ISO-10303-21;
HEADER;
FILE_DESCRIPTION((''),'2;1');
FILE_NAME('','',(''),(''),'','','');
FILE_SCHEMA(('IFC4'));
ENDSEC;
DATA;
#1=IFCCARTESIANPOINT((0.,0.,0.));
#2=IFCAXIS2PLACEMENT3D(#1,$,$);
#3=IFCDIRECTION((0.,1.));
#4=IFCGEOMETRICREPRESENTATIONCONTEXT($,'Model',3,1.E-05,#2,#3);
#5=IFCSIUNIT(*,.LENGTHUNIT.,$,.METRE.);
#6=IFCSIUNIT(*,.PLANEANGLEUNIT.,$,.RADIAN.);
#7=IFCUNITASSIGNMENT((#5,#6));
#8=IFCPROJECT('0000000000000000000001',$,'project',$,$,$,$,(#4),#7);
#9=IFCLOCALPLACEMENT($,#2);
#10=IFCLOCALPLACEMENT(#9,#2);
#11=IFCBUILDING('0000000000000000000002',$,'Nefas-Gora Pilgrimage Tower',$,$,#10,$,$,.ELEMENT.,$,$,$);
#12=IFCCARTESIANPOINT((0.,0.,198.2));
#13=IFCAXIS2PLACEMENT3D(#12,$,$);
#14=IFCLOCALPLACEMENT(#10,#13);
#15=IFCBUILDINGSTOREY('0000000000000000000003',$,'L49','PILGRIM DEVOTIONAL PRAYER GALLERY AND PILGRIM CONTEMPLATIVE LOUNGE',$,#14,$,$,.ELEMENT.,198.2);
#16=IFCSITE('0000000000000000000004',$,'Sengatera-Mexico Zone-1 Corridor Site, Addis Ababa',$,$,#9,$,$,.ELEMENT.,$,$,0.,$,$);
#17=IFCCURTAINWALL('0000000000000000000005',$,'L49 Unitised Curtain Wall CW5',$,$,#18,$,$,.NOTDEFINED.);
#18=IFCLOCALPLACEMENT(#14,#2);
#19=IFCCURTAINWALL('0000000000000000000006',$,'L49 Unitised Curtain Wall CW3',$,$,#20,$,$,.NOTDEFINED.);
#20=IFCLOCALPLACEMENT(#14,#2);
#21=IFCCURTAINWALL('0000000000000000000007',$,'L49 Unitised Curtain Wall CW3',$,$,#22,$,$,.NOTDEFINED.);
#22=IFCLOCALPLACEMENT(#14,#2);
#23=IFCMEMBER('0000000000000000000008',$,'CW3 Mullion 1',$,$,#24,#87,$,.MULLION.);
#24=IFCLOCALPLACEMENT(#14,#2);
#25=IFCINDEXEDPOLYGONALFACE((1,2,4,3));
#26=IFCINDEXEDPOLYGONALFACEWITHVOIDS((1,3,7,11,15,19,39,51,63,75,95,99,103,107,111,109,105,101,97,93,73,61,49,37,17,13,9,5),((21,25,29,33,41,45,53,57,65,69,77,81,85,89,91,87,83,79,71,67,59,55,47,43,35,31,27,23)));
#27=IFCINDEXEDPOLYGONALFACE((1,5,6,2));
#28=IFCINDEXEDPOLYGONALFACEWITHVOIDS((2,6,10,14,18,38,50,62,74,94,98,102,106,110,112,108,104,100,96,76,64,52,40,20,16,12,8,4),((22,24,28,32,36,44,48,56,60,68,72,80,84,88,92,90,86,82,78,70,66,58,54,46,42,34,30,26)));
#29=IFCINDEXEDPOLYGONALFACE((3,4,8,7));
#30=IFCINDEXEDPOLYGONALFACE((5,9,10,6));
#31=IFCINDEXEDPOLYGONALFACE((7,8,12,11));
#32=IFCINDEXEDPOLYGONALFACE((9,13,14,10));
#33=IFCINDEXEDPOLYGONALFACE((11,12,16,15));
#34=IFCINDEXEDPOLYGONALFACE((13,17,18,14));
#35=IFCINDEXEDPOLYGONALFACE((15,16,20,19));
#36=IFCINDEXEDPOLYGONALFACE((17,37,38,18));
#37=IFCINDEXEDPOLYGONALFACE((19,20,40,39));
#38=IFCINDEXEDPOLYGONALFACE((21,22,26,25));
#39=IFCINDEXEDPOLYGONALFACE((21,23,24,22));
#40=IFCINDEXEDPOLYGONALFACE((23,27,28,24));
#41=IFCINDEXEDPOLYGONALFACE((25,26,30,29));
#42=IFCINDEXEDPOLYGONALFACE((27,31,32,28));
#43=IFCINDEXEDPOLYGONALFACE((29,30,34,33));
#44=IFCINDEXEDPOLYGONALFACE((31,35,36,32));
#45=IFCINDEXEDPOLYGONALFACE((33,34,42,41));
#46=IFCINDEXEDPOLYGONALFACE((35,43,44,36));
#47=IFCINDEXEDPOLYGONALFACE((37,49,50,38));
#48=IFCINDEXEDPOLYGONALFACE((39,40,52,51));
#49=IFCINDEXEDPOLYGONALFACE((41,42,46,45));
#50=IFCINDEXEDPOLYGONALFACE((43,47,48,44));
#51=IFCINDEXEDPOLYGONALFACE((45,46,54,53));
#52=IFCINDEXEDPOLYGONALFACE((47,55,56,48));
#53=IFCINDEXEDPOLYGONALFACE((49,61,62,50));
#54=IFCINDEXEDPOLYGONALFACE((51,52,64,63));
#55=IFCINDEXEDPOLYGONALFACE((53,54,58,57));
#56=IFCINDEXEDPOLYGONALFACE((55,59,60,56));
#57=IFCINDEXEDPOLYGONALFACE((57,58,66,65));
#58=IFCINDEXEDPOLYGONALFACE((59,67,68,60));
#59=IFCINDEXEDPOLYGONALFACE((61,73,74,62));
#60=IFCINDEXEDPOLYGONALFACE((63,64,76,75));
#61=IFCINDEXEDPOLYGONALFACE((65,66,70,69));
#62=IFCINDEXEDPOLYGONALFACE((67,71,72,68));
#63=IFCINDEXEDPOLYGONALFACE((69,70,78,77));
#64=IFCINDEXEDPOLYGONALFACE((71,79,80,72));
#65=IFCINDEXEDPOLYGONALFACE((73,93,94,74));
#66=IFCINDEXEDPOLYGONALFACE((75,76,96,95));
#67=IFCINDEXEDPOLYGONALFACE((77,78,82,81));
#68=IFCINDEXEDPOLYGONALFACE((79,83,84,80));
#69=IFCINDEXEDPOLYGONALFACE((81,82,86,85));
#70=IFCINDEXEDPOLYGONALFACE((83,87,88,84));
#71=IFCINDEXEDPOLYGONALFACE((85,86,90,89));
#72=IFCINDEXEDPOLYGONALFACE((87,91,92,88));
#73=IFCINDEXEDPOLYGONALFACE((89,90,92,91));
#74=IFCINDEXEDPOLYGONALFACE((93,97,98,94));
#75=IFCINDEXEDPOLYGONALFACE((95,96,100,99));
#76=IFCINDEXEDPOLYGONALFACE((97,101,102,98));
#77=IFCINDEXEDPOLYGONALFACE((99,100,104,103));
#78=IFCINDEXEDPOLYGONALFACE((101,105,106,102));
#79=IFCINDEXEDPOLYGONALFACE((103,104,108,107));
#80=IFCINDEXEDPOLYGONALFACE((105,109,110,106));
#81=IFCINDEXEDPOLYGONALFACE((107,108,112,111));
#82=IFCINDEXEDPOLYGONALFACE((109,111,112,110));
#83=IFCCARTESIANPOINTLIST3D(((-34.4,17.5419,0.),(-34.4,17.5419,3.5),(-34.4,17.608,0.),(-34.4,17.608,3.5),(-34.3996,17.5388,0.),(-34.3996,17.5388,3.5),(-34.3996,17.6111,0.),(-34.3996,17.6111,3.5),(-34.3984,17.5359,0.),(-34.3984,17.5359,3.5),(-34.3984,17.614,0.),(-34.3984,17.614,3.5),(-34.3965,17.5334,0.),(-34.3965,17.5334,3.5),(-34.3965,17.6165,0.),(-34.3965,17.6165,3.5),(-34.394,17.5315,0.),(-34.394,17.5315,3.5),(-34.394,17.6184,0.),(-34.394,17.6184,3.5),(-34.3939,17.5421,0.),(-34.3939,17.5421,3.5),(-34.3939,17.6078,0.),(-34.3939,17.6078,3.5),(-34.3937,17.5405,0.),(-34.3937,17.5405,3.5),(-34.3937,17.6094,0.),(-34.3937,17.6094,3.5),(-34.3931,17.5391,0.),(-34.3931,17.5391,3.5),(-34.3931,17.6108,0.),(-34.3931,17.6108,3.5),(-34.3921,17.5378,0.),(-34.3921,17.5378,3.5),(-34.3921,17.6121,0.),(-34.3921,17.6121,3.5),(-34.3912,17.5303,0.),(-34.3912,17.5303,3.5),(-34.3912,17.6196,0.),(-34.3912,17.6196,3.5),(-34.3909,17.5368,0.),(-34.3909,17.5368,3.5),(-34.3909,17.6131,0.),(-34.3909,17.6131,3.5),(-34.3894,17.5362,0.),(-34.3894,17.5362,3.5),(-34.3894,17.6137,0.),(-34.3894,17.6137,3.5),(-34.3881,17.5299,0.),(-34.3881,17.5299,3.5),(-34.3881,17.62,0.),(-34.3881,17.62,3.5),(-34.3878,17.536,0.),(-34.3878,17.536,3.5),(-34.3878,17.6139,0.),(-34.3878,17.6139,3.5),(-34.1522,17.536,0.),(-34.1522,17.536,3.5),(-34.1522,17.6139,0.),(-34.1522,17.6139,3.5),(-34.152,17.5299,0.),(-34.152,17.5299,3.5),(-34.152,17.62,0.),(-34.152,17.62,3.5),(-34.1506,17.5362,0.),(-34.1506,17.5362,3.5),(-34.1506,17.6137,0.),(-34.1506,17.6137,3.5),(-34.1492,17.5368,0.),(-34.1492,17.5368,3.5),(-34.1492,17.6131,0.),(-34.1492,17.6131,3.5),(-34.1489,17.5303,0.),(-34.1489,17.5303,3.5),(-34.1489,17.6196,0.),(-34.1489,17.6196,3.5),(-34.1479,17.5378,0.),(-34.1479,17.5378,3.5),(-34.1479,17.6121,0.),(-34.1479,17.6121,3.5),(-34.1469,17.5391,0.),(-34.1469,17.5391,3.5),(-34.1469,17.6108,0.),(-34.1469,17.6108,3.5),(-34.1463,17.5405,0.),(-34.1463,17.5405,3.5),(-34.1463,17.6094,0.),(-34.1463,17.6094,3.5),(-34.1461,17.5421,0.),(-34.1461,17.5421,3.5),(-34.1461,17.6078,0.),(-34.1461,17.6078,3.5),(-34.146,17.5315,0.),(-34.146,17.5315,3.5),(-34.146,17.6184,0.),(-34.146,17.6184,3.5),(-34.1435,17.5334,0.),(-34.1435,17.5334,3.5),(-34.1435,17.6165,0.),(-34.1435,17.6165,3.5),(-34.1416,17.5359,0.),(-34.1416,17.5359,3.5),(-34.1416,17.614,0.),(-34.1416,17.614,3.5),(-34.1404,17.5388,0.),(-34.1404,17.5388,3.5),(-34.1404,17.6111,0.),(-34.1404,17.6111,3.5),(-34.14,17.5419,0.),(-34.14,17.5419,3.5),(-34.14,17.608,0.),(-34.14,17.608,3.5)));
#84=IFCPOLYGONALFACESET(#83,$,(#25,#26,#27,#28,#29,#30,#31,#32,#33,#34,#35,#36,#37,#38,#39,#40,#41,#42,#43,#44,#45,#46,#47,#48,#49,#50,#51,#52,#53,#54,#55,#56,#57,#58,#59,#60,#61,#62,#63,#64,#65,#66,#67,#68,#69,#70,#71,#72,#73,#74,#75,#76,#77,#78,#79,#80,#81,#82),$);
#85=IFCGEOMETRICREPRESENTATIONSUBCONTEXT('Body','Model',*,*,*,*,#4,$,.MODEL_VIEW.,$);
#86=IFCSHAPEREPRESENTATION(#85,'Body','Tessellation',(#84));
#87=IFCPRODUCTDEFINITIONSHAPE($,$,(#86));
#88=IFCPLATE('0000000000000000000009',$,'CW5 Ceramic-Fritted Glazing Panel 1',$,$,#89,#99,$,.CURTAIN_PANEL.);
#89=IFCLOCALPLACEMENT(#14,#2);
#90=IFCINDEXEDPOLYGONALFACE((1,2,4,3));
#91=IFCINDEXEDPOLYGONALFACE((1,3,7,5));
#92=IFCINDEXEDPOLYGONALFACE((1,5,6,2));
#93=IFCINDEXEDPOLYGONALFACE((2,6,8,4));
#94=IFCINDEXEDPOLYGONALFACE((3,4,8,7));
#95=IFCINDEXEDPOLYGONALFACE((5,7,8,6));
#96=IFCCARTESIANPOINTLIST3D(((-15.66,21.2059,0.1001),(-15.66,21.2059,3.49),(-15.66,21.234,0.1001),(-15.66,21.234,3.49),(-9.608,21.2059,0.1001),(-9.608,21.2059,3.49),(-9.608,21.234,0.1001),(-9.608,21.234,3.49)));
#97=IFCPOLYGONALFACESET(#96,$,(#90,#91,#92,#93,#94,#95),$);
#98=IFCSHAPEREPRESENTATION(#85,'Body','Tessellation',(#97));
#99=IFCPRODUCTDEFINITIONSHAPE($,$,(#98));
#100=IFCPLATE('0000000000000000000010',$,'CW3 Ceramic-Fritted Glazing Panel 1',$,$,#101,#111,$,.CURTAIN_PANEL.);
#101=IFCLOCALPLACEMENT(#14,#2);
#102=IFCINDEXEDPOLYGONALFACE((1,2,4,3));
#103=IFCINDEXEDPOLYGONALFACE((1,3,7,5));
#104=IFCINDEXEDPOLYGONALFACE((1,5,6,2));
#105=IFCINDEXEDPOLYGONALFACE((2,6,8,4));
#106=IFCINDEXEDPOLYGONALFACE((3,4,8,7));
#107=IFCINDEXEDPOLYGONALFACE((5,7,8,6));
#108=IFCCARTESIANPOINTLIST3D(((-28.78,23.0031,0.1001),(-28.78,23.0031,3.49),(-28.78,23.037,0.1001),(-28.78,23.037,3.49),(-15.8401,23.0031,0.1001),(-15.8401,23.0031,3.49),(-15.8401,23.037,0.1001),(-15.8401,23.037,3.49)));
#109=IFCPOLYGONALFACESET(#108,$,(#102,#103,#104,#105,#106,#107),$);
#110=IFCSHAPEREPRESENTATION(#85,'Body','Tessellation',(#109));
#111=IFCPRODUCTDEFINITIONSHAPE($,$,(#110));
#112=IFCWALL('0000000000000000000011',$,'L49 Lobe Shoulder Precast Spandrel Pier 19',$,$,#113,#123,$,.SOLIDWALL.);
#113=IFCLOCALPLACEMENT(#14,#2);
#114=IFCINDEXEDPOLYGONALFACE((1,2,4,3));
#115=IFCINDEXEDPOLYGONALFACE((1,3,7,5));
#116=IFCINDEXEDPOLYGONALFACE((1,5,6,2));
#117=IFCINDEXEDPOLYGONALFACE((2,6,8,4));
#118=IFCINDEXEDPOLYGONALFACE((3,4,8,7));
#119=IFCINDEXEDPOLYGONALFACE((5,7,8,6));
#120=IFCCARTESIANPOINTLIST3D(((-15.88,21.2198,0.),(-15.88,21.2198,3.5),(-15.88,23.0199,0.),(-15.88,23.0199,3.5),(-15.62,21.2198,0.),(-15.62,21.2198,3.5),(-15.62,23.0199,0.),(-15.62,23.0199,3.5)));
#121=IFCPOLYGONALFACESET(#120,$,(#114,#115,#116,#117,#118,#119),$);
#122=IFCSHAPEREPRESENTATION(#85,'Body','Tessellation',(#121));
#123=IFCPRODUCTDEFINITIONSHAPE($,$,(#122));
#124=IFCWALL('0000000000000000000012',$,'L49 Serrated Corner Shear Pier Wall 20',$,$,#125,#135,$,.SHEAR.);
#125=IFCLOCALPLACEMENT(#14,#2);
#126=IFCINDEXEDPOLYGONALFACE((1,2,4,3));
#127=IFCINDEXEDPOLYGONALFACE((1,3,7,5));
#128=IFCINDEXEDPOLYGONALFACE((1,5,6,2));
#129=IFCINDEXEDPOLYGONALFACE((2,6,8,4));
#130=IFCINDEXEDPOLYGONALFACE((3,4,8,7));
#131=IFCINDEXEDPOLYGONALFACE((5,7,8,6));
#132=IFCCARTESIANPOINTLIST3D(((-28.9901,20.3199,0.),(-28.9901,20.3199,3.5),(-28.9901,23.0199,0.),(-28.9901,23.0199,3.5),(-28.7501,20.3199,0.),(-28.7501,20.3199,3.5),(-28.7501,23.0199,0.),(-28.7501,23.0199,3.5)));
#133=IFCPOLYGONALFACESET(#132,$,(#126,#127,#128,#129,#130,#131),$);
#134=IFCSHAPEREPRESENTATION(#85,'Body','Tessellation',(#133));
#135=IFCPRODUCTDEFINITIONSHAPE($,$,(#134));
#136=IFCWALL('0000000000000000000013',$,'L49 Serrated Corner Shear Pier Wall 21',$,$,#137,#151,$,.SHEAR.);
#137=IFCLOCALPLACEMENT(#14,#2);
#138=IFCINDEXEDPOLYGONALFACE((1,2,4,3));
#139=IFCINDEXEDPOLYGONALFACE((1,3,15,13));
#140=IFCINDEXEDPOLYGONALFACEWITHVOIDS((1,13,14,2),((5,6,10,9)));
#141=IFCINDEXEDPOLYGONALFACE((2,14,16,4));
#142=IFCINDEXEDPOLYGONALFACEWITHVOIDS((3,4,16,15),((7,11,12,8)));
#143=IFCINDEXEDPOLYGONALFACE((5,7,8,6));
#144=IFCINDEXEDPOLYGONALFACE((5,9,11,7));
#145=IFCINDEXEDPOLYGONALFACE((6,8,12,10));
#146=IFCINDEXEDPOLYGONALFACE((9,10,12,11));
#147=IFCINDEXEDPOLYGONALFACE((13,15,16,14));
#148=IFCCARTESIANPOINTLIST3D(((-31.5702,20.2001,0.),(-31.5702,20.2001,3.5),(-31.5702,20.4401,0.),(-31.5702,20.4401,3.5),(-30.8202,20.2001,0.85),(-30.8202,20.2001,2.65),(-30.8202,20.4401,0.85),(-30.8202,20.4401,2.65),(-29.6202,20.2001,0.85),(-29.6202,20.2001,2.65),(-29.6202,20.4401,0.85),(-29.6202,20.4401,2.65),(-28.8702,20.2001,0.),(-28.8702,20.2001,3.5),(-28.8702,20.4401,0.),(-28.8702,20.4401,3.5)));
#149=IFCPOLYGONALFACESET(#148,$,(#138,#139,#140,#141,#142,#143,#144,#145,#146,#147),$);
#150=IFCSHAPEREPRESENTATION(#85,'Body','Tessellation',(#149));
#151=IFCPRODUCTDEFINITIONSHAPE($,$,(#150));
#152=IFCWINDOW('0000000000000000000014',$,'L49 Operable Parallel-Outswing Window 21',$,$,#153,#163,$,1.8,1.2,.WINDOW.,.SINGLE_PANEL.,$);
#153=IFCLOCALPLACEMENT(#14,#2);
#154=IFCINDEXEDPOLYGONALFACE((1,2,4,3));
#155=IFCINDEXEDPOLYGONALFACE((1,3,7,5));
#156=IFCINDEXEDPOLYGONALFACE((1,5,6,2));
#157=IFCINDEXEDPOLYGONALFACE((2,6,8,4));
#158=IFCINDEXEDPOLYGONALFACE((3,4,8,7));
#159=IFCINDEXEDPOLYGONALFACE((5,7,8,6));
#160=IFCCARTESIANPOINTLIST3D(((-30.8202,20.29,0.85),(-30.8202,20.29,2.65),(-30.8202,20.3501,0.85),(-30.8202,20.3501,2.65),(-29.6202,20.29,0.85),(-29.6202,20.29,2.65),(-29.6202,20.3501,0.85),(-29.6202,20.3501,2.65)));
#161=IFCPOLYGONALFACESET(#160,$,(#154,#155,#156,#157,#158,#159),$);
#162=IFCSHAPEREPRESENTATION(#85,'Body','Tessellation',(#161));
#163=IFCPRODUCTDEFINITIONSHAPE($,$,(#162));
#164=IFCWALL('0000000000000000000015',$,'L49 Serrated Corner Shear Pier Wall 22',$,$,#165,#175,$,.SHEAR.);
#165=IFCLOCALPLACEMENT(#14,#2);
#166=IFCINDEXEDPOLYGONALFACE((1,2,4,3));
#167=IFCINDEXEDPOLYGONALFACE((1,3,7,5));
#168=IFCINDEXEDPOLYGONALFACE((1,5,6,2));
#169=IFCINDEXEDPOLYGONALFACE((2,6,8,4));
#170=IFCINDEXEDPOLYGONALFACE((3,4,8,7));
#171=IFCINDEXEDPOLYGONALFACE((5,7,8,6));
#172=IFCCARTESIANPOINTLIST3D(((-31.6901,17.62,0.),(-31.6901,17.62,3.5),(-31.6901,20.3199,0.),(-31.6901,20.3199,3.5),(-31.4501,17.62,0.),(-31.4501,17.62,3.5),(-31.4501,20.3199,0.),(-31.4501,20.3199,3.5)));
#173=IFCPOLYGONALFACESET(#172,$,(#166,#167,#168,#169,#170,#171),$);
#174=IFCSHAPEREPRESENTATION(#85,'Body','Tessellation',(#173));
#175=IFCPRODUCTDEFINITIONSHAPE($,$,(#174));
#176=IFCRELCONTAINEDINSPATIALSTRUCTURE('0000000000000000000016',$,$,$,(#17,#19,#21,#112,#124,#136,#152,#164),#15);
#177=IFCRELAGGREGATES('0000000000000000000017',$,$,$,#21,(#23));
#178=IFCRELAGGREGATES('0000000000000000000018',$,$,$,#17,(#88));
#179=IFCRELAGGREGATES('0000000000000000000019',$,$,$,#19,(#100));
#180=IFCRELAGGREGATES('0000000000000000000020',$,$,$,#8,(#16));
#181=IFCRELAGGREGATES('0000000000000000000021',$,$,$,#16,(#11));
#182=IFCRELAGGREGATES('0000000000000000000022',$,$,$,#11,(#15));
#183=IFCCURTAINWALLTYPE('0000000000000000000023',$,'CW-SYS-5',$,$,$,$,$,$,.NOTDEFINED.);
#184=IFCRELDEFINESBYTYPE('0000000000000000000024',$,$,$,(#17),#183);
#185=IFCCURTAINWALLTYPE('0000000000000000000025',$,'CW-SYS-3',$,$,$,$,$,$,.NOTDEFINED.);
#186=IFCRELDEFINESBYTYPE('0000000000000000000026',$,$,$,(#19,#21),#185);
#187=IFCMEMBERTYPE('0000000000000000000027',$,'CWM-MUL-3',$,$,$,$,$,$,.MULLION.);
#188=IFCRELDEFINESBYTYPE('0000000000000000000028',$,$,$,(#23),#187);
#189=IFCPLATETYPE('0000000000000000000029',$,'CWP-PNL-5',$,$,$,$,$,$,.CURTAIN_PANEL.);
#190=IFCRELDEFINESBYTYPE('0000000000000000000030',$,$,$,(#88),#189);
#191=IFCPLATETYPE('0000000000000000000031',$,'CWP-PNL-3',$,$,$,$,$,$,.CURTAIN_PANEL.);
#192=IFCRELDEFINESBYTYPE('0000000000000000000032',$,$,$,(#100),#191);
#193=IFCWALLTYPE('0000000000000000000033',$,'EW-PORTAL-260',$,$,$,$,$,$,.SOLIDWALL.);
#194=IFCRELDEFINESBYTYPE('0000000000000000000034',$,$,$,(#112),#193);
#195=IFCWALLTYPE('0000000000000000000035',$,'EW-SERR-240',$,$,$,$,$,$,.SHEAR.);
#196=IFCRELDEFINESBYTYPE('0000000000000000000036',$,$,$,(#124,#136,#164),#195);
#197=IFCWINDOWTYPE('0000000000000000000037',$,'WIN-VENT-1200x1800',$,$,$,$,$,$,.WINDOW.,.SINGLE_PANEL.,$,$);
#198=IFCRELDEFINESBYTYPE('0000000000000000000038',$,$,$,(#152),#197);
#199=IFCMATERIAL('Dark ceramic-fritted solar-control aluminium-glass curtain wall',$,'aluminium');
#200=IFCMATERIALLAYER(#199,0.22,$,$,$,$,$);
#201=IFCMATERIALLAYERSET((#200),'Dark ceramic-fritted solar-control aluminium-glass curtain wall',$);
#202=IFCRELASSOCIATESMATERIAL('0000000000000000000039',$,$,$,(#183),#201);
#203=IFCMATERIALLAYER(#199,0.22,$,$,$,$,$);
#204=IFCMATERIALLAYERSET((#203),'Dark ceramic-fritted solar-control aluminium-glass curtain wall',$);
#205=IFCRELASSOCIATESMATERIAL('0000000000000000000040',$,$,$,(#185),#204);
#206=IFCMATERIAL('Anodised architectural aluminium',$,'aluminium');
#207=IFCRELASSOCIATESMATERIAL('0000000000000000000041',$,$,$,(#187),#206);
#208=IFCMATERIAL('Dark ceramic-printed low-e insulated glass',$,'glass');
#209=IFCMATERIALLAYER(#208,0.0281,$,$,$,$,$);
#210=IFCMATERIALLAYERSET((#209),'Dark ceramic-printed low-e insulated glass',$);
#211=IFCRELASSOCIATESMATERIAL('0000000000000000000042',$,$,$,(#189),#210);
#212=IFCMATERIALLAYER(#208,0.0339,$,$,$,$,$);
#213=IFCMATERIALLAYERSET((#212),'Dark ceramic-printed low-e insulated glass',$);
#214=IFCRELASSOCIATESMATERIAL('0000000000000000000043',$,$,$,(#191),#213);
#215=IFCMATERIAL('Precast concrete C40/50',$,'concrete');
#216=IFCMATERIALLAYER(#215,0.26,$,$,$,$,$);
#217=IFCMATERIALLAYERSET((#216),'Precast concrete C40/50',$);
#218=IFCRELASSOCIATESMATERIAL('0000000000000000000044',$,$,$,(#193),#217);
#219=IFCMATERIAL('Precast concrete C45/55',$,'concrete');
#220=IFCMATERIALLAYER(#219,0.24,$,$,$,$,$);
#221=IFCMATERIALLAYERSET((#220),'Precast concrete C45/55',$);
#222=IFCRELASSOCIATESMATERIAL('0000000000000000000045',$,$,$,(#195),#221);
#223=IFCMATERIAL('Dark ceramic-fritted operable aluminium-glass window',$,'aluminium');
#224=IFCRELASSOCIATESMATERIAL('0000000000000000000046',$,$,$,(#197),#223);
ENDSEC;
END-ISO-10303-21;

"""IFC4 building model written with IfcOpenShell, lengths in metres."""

from ifc_helpers import new_model, si_unit, direction, frame, frame_2d, origin, origin_2d, place, context, subcontext, project, spatial, rectangle, hollow_rectangle, extrude, source, transform, mapped, material, layer, layer_set, material_profile, profile_set, type_object, element, fill, aggregate, save


model = new_model("IFC4")

# Units and contexts
model_context = context("Model", 3, precision=1e-05, world=origin(), true_north=direction((0.0, 1.0)))
body_context = subcontext(model_context, "Body", "Model", "MODEL_VIEW")
ifc_project = project(units=[si_unit("LENGTHUNIT", "METRE"), si_unit("PLANEANGLEUNIT", "RADIAN")], contexts=[model_context])

# Site, building, storey
site_placement = place(None, origin())
site = spatial("IfcSite", under=ifc_project, at=site_placement, Name="Sengatera-Mexico Zone-1 Corridor Site, Addis Ababa", CompositionType="ELEMENT", RefElevation=0.0)
building_placement = place(site_placement, origin())
building = spatial("IfcBuilding", under=site, at=building_placement, Name="Nefas-Gora Pilgrimage Tower", CompositionType="ELEMENT")
storey_placement = place(building_placement, frame((0.0, 0.0, 198.2)))
storey = spatial("IfcBuildingStorey", under=building, at=storey_placement, Name="L49", Description="PILGRIM DEVOTIONAL PRAYER GALLERY AND PILGRIM CONTEMPLATIVE LOUNGE", CompositionType="ELEMENT", Elevation=198.2)

# Curtain walls
ifc_material_1 = material(Name="Dark ceramic-fritted solar-control aluminium-glass curtain wall", Category="aluminium")
ifc_layer_1 = layer(ifc_material_1, 0.22)
ifc_layer_set_1 = layer_set([ifc_layer_1], Name="Dark ceramic-fritted solar-control aluminium-glass curtain wall")
curtain_wall_type_1 = type_object("IfcCurtainWallType", Name="CW-SYS-5", PredefinedType="NOTDEFINED", material=ifc_layer_set_1)
curtain_wall_1_placement = place(storey_placement, origin())
curtain_wall_1 = element("IfcCurtainWall", 1, at=curtain_wall_1_placement, inside=storey, type_object=curtain_wall_type_1, Name="L49 Unitised Curtain Wall CW5", PredefinedType="NOTDEFINED")
ifc_material_2 = material(Name="Anodised architectural aluminium", Category="aluminium")
ifc_layer_2 = layer(ifc_material_1, 0.22)
ifc_layer_set_2 = layer_set([ifc_layer_2], Name="Dark ceramic-fritted solar-control aluminium-glass curtain wall")
curtain_wall_type_2 = type_object("IfcCurtainWallType", Name="CW-SYS-3", PredefinedType="NOTDEFINED", material=ifc_layer_set_2)
curtain_wall_2_placement = place(storey_placement, origin())
curtain_wall_2 = element("IfcCurtainWall", 2, at=curtain_wall_2_placement, inside=storey, type_object=curtain_wall_type_2, Name="L49 Unitised Curtain Wall CW3", PredefinedType="NOTDEFINED")
curtain_wall_3_placement = place(storey_placement, origin())
curtain_wall_3 = element("IfcCurtainWall", 3, at=curtain_wall_3_placement, inside=storey, type_object=curtain_wall_type_2, Name="L49 Unitised Curtain Wall CW3", PredefinedType="NOTDEFINED")

# Member
ifc_material_profile_1 = material_profile(ifc_material_2, hollow_rectangle(XDim=0.0901, YDim=0.26, WallThickness=0.0061, InnerFilletRadius=0.0061, OuterFilletRadius=0.012, at=origin_2d()), Name="ALU MULLION 90x260")
ifc_profile_set_1 = profile_set([ifc_material_profile_1], Name="Anodised architectural aluminium")
member_type_1 = type_object("IfcMemberType", Name="CWM-MUL-3", PredefinedType="MULLION", material=ifc_profile_set_1)
shared_shape_1 = source(origin(), body_context, "Body", "SweptSolid", [
    extrude(hollow_rectangle(XDim=0.0901, YDim=0.26, WallThickness=0.0061, InnerFilletRadius=0.0061, OuterFilletRadius=0.012, at=origin_2d()), origin(), (0.0, 0.0, 1.0), 3.5),
])
member_1_placement = place(storey_placement, frame((-34.27, 17.575, 0.0), z_axis=(0.0, 0.0, 1.0), x_axis=(0.0, -1.0, 0.0)))
member_1 = element("IfcMember", 4, at=member_1_placement, type_object=member_type_1, Name="CW3 Mullion 1", PredefinedType="MULLION", context=body_context, shape_type="MappedRepresentation", body=[
    mapped(shared_shape_1, transform((0.0, 0.0, 0.0), x_axis=(1.0, 0.0, 0.0), y_axis=(0.0, 1.0, 0.0), z_axis=(0.0, 0.0, 1.0), scale=1.0)),
])
aggregate(curtain_wall_3, [member_1])

# Plates
ifc_material_3 = material(Name="Dark ceramic-printed low-e insulated glass", Category="glass")
ifc_layer_3 = layer(ifc_material_3, 0.0281)
ifc_layer_set_3 = layer_set([ifc_layer_3], Name="Dark ceramic-printed low-e insulated glass")
plate_type_1 = type_object("IfcPlateType", Name="CWP-PNL-5", PredefinedType="CURTAIN_PANEL", material=ifc_layer_set_3)
shared_shape_2 = source(origin(), body_context, "Body", "SweptSolid", [
    extrude(rectangle(XDim=6.052, YDim=0.0281, at=origin_2d()), origin(), (0.0, 0.0, 1.0), 3.3899),
])
plate_1_placement = place(storey_placement, frame((-12.634, 21.22, 0.1001), z_axis=(0.0, 0.0, 1.0), x_axis=(-1.0, 0.0, 0.0)))
plate_1 = element("IfcPlate", 5, at=plate_1_placement, type_object=plate_type_1, Name="CW5 Ceramic-Fritted Glazing Panel 1", PredefinedType="CURTAIN_PANEL", context=body_context, shape_type="MappedRepresentation", body=[
    mapped(shared_shape_2, transform((0.0, 0.0, 0.0), x_axis=(1.0, 0.0, 0.0), y_axis=(0.0, 1.0, 0.0), z_axis=(0.0, 0.0, 1.0), scale=1.0)),
])
aggregate(curtain_wall_1, [plate_1])
ifc_layer_4 = layer(ifc_material_3, 0.0339)
ifc_layer_set_4 = layer_set([ifc_layer_4], Name="Dark ceramic-printed low-e insulated glass")
plate_type_2 = type_object("IfcPlateType", Name="CWP-PNL-3", PredefinedType="CURTAIN_PANEL", material=ifc_layer_set_4)
shared_shape_3 = source(origin(), body_context, "Body", "SweptSolid", [
    extrude(rectangle(XDim=12.9399, YDim=0.0339, at=origin_2d()), origin(), (0.0, 0.0, 1.0), 3.3899),
])
plate_2_placement = place(storey_placement, frame((-22.3101, 23.02, 0.1001), z_axis=(0.0, 0.0, 1.0), x_axis=(-1.0, 0.0, 0.0)))
plate_2 = element("IfcPlate", 6, at=plate_2_placement, type_object=plate_type_2, Name="CW3 Ceramic-Fritted Glazing Panel 1", PredefinedType="CURTAIN_PANEL", context=body_context, shape_type="MappedRepresentation", body=[
    mapped(shared_shape_3, transform((0.0, 0.0, 0.0), x_axis=(1.0, 0.0, 0.0), y_axis=(0.0, 1.0, 0.0), z_axis=(0.0, 0.0, 1.0), scale=1.0)),
])
aggregate(curtain_wall_2, [plate_2])

# Walls
ifc_material_4 = material(Name="Precast concrete C40/50", Category="concrete")
ifc_layer_5 = layer(ifc_material_4, 0.26)
ifc_layer_set_5 = layer_set([ifc_layer_5], Name="Precast concrete C40/50")
wall_type_1 = type_object("IfcWallType", Name="EW-PORTAL-260", PredefinedType="SOLIDWALL", material=ifc_layer_set_5)
shared_shape_4 = source(origin(), body_context, "Body", "SweptSolid", [
    extrude(rectangle(XDim=1.8, YDim=0.26, at=frame_2d((0.8999, 0.0))), origin(), (0.0, 0.0, 1.0), 3.5),
])
wall_1_placement = place(storey_placement, frame((-15.75, 21.22, 0.0), z_axis=(0.0, 0.0, 1.0), x_axis=(0.0, 1.0, 0.0)))
element("IfcWall", 7, at=wall_1_placement, inside=storey, type_object=wall_type_1, Name="L49 Lobe Shoulder Precast Spandrel Pier 19", PredefinedType="SOLIDWALL", context=body_context, shape_type="MappedRepresentation", body=[
    mapped(shared_shape_4, transform((0.0, 0.0, 0.0), x_axis=(1.0, 0.0, 0.0), y_axis=(0.0, 1.0, 0.0), z_axis=(0.0, 0.0, 1.0), scale=1.0)),
])
ifc_material_5 = material(Name="Precast concrete C45/55", Category="concrete")
ifc_layer_6 = layer(ifc_material_5, 0.24)
ifc_layer_set_6 = layer_set([ifc_layer_6], Name="Precast concrete C45/55")
wall_type_2 = type_object("IfcWallType", Name="EW-SERR-240", PredefinedType="SHEAR", material=ifc_layer_set_6)
shared_shape_5 = source(origin(), body_context, "Body", "SweptSolid", [
    extrude(rectangle(XDim=2.7, YDim=0.24, at=frame_2d((1.3501, 0.0))), origin(), (0.0, 0.0, 1.0), 3.5),
])
wall_2_placement = place(storey_placement, frame((-28.8701, 23.02, 0.0), z_axis=(0.0, 0.0, 1.0), x_axis=(0.0, -1.0, 0.0)))
element("IfcWall", 8, at=wall_2_placement, inside=storey, type_object=wall_type_2, Name="L49 Serrated Corner Shear Pier Wall 20", PredefinedType="SHEAR", context=body_context, shape_type="MappedRepresentation", body=[
    mapped(shared_shape_5, transform((0.0, 0.0, 0.0), x_axis=(1.0, 0.0, 0.0), y_axis=(0.0, 1.0, 0.0), z_axis=(0.0, 0.0, 1.0), scale=1.0)),
])

# Wall, opening, window
wall_3_placement = place(storey_placement, frame((-28.8701, 20.3201, 0.0), z_axis=(0.0, 0.0, 1.0), x_axis=(-1.0, 0.0, 0.0)))
wall_3 = element("IfcWall", 9, at=wall_3_placement, inside=storey, type_object=wall_type_2, Name="L49 Serrated Corner Shear Pier Wall 21", PredefinedType="SHEAR", context=body_context, shape_type="MappedRepresentation", body=[
    mapped(shared_shape_5, transform((0.0, 0.0, 0.0), x_axis=(1.0, 0.0, 0.0), y_axis=(0.0, 1.0, 0.0), z_axis=(0.0, 0.0, 1.0), scale=1.0)),
])
opening_1_placement = place(wall_3_placement, frame((0.75, 0.0, 0.8501)))
opening_1 = element("IfcOpeningElement", 10, at=opening_1_placement, cuts=wall_3, PredefinedType="OPENING", context=body_context, shape_type="SweptSolid", body=[
    extrude(rectangle(XDim=1.2, YDim=1.8, at=frame_2d((0.6001, 0.8999))), frame((0.0, 0.1299, 0.0), z_axis=(0.0, -1.0, 0.0), x_axis=(1.0, 0.0, 0.0)), (0.0, 0.0, 1.0), 0.26),
])
ifc_material_6 = material(Name="Dark ceramic-fritted operable aluminium-glass window", Category="aluminium")
window_type = type_object("IfcWindowType", Name="WIN-VENT-1200x1800", PartitioningType="SINGLE_PANEL", PredefinedType="WINDOW", material=ifc_material_6)
shared_shape_6 = source(origin(), body_context, "Body", "SweptSolid", [
    extrude(rectangle(XDim=1.2, YDim=1.8, at=frame_2d((0.6001, 0.8999))), frame((0.0, 0.03, 0.0), z_axis=(0.0, -1.0, 0.0), x_axis=(1.0, 0.0, 0.0)), (0.0, 0.0, 1.0), 0.0601),
])
window_placement = place(opening_1_placement, origin())
window = element("IfcWindow", 11, at=window_placement, inside=storey, type_object=window_type, Name="L49 Operable Parallel-Outswing Window 21", OverallHeight=1.8, OverallWidth=1.2, PartitioningType="SINGLE_PANEL", PredefinedType="WINDOW", context=body_context, shape_type="MappedRepresentation", body=[
    mapped(shared_shape_6, transform((0.0, 0.0, 0.0), x_axis=(1.0, 0.0, 0.0), y_axis=(0.0, 1.0, 0.0), z_axis=(0.0, 0.0, 1.0), scale=1.0)),
])
fill(opening_1, window)

# Wall
for number, where, z_axis, x_axis, name in (
    (12, (-31.5701, 20.3201, 0.0), (0.0, 0.0, 1.0), (0.0, -1.0, 0.0), "L49 Serrated Corner Shear Pier Wall 22"),
):
    element("IfcWall", number, at=place(storey_placement, frame(where, z_axis=z_axis, x_axis=x_axis)), inside=storey, type_object=wall_type_2, Name=name, PredefinedType="SHEAR", context=body_context, shape_type="MappedRepresentation", body=[
        mapped(shared_shape_5, transform((0.0, 0.0, 0.0), x_axis=(1.0, 0.0, 0.0), y_axis=(0.0, 1.0, 0.0), z_axis=(0.0, 0.0, 1.0), scale=1.0)),
    ])

save(model, "model.ifc")
